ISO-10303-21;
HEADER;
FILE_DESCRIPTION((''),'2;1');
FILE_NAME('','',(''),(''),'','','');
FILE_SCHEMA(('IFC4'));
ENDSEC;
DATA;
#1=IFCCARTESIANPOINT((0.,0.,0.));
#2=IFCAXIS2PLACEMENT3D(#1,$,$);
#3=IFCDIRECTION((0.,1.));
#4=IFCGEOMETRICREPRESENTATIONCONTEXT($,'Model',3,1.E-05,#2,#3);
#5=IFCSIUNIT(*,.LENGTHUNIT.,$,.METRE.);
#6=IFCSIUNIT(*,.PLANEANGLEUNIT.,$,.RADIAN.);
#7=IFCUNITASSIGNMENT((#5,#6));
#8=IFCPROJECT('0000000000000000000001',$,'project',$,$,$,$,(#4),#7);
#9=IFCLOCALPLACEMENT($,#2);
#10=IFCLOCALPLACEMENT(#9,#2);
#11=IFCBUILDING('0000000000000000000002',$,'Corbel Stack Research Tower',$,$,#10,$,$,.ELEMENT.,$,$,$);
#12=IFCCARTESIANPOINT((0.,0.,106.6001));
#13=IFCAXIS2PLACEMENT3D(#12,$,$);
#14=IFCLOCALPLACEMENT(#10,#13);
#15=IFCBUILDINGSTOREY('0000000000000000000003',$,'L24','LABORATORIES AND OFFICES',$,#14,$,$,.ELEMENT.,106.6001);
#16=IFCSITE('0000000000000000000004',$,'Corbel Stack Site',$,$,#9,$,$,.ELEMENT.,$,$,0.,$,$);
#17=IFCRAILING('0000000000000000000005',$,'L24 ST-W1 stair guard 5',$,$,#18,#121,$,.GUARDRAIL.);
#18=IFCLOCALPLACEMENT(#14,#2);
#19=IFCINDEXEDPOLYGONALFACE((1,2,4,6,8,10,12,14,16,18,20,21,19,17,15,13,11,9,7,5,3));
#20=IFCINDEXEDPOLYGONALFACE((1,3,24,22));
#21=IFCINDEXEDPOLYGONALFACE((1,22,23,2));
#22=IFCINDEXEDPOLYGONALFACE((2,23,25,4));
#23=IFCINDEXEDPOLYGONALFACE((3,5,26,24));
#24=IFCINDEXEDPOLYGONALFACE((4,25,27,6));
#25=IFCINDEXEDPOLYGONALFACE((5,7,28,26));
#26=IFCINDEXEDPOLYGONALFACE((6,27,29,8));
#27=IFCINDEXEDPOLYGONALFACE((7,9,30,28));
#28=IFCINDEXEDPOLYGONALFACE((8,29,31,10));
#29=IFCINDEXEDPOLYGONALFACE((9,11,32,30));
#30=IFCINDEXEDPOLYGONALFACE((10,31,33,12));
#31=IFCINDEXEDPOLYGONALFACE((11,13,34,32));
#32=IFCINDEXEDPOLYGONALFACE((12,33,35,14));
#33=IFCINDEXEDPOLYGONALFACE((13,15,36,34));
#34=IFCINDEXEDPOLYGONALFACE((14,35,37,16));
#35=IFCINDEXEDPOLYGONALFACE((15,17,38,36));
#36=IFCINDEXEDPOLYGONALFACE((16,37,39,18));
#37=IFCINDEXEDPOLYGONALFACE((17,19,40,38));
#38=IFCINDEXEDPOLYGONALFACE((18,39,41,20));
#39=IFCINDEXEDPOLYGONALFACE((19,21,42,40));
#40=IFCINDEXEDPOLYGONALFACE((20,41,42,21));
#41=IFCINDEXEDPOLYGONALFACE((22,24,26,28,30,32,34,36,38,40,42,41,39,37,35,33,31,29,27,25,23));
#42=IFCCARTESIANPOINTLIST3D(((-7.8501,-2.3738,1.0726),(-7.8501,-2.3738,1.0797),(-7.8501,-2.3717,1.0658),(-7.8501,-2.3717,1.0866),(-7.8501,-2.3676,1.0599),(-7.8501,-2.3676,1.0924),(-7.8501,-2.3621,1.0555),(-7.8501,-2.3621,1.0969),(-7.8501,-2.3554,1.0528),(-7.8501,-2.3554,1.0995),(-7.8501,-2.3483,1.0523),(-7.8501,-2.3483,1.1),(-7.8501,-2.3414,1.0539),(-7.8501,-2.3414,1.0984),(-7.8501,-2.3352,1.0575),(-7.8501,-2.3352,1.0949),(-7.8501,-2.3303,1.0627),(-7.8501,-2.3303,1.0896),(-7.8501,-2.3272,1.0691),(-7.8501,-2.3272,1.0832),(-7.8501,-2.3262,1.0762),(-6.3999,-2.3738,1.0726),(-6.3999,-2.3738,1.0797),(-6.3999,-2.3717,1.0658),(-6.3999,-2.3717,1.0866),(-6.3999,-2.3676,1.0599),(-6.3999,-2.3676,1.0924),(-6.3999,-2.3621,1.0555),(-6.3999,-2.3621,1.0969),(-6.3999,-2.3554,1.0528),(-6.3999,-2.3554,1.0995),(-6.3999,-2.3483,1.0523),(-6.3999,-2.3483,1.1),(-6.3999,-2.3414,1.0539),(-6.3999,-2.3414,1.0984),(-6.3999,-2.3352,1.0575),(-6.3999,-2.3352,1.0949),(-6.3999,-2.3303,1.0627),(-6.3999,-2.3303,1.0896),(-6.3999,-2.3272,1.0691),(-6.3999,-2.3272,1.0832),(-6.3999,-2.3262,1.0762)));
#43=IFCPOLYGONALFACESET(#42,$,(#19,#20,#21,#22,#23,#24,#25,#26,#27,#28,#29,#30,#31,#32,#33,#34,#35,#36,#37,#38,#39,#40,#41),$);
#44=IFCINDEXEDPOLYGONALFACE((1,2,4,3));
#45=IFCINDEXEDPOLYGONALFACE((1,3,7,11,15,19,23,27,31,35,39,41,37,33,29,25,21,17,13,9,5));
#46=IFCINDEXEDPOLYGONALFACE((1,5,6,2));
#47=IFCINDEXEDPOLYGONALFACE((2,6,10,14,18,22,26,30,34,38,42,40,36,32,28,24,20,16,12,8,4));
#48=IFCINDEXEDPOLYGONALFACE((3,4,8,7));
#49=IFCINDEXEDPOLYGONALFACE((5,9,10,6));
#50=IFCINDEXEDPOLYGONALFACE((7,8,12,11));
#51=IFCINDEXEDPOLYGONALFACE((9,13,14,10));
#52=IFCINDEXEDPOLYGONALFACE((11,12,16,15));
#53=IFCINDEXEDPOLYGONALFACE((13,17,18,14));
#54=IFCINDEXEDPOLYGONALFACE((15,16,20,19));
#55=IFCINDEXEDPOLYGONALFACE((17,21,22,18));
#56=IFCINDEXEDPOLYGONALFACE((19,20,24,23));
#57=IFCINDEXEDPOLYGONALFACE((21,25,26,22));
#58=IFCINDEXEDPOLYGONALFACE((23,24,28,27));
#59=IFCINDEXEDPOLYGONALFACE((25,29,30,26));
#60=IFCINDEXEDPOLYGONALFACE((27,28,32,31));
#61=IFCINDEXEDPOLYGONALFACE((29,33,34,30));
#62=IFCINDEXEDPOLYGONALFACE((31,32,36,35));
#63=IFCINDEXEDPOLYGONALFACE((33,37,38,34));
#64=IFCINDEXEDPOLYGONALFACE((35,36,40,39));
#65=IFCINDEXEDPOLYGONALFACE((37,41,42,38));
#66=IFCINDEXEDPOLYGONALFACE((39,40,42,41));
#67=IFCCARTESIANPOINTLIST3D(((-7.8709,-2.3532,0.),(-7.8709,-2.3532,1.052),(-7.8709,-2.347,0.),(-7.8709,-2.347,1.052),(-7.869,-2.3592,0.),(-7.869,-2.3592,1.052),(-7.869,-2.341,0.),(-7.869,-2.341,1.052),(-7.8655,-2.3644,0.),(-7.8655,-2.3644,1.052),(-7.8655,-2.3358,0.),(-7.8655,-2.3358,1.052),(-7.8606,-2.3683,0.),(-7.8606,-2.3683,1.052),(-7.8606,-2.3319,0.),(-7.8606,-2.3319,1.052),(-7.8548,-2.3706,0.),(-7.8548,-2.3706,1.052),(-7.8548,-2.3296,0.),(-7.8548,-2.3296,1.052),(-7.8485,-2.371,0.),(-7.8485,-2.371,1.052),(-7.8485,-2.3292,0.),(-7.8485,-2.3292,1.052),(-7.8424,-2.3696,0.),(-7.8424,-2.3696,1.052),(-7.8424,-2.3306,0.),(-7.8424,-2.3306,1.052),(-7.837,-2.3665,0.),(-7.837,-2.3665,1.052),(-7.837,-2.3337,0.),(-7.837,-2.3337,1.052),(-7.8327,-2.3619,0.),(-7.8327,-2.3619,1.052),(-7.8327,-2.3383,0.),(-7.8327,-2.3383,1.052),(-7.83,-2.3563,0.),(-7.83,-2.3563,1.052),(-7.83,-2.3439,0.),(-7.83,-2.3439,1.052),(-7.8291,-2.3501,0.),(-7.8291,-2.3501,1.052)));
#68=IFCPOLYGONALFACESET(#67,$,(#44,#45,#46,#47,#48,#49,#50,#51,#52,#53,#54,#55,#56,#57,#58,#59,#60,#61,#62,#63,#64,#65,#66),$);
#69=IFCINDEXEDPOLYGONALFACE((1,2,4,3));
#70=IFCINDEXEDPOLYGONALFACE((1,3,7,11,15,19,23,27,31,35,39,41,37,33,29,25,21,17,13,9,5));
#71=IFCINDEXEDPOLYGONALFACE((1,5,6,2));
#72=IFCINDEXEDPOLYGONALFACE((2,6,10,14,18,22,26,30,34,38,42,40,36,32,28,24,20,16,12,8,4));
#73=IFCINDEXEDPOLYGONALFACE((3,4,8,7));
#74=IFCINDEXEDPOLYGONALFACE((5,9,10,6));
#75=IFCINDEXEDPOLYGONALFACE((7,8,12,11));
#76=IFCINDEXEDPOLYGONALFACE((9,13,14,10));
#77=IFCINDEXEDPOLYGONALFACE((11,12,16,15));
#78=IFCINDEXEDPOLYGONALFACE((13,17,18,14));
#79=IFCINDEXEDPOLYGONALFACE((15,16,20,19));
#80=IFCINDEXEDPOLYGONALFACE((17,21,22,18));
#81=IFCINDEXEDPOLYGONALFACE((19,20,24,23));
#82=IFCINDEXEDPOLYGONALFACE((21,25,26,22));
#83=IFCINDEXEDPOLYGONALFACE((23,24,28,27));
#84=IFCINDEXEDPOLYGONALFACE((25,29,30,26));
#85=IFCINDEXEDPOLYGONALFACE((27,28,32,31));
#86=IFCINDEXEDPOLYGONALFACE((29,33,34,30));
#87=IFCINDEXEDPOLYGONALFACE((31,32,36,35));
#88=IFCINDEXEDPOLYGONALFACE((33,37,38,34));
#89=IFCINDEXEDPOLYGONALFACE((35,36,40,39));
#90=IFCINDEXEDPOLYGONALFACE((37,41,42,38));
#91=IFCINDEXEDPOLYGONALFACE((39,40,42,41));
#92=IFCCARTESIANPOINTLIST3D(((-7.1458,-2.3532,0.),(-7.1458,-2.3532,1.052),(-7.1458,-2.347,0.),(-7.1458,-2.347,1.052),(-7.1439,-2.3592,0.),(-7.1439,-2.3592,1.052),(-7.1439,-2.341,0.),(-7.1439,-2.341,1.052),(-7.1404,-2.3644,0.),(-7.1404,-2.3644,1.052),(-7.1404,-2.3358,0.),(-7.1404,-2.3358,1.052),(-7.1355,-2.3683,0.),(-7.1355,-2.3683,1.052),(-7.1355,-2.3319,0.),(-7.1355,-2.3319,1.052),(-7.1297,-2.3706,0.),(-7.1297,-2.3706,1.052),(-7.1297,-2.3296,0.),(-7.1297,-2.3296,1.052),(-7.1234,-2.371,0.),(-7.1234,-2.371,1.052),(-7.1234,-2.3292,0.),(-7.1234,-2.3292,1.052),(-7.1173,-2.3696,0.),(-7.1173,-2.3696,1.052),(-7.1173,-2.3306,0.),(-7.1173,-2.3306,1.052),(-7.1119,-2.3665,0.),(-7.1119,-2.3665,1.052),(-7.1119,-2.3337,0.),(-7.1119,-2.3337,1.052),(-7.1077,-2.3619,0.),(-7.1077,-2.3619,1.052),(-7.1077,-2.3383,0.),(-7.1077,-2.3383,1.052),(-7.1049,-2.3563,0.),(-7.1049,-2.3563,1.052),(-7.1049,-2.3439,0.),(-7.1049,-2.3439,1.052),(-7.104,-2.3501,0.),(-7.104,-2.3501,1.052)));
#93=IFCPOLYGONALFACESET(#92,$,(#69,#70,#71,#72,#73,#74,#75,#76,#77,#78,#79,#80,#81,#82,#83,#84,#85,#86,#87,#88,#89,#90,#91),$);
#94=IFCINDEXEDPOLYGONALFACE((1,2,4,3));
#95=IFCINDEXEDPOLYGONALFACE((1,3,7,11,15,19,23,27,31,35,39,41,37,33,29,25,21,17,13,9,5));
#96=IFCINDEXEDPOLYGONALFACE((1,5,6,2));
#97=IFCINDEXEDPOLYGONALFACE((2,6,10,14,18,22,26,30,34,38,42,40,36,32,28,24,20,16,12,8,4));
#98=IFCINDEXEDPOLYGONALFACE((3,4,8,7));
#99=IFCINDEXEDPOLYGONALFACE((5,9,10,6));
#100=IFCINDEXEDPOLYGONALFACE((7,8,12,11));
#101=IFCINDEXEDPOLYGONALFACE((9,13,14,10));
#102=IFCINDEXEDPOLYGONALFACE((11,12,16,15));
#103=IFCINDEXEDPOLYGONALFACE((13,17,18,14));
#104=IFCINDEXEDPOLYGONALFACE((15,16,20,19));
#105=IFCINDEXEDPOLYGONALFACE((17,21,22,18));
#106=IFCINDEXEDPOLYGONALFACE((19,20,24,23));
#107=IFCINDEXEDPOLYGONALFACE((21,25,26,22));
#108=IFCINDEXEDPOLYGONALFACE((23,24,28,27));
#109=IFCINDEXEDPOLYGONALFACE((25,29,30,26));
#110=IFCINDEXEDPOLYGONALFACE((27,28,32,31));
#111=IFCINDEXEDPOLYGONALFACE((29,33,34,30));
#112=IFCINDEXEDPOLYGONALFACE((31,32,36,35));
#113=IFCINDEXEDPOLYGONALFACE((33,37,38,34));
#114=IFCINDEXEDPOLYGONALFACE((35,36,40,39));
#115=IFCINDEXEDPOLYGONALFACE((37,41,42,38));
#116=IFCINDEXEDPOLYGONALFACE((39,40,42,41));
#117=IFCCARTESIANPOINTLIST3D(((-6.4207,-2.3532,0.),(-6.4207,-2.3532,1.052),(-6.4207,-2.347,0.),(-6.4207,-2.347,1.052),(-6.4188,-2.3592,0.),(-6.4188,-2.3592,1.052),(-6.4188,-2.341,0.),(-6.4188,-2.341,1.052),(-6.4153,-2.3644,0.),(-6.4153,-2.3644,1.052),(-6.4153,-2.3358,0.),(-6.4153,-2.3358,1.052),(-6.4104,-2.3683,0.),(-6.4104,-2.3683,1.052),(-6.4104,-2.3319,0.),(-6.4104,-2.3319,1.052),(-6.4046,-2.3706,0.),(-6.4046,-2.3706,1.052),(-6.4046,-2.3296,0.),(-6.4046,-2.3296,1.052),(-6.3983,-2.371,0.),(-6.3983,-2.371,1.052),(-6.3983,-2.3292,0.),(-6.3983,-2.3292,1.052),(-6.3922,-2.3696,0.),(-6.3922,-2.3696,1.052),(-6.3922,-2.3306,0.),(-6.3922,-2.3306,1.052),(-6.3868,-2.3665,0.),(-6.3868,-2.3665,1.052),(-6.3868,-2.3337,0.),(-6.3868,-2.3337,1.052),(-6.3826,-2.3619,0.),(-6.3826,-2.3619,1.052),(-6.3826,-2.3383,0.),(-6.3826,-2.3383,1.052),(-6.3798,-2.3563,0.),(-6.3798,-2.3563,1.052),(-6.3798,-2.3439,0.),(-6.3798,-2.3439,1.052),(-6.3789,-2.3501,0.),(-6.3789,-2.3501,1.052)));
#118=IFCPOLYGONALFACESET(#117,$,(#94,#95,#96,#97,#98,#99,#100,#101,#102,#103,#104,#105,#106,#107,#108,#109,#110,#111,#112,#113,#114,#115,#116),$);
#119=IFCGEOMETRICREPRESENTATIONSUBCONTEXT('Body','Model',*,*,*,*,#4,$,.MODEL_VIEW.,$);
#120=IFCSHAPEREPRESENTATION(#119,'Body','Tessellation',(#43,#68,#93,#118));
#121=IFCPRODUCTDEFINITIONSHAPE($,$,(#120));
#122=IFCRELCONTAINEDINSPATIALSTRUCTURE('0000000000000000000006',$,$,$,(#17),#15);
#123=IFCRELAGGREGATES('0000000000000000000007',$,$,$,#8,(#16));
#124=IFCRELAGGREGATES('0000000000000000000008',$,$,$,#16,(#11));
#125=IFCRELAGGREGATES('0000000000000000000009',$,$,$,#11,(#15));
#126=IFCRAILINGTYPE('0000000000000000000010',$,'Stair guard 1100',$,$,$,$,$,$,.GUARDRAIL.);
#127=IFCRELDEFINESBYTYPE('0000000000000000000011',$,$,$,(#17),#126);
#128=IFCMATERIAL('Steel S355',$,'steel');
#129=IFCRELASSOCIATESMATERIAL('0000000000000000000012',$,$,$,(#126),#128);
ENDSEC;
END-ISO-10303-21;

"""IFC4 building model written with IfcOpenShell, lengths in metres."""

from ifc_helpers import new_model, si_unit, direction, frame, origin, origin_2d, place, context, subcontext, project, spatial, circle, extrude, material, type_object, element, save


model = new_model("IFC4")

# Units and contexts
model_context = context("Model", 3, precision=1e-05, world=origin(), true_north=direction((0.0, 1.0)))
body_context = subcontext(model_context, "Body", "Model", "MODEL_VIEW")
ifc_project = project(units=[si_unit("LENGTHUNIT", "METRE"), si_unit("PLANEANGLEUNIT", "RADIAN")], contexts=[model_context])

# Site, building, storey
site_placement = place(None, origin())
site = spatial("IfcSite", under=ifc_project, at=site_placement, Name="Corbel Stack Site", CompositionType="ELEMENT", RefElevation=0.0)
building_placement = place(site_placement, origin())
building = spatial("IfcBuilding", under=site, at=building_placement, Name="Corbel Stack Research Tower", CompositionType="ELEMENT")
storey_placement = place(building_placement, frame((0.0, 0.0, 106.6001)))
storey = spatial("IfcBuildingStorey", under=building, at=storey_placement, Name="L24", Description="LABORATORIES AND OFFICES", CompositionType="ELEMENT", Elevation=106.6001)

# Railing
ifc_material_1 = material(Name="Steel S355", Category="steel")
railing_type = type_object("IfcRailingType", Name="Stair guard 1100", PredefinedType="GUARDRAIL", material=ifc_material_1)
railing_placement = place(storey_placement, frame((-7.8501, -2.3501, 0.0)))
element("IfcRailing", 1, at=railing_placement, inside=storey, type_object=railing_type, Name="L24 ST-W1 stair guard 5", PredefinedType="GUARDRAIL", context=body_context, shape_type="SweptSolid", body=[
    extrude(circle(Radius=0.0239, at=origin_2d()), frame((0.0, 0.0, 1.0762), z_axis=(1.0, 0.0, 0.0), x_axis=(0.0, 1.0, 0.0)), (0.0, 0.0, 1.0), 1.4502),
    extrude(circle(Radius=0.021, at=origin_2d()), origin(), (0.0, 0.0, 1.0), 1.052),
    extrude(circle(Radius=0.021, at=origin_2d()), frame((0.7251, 0.0, 0.0)), (0.0, 0.0, 1.0), 1.052),
    extrude(circle(Radius=0.021, at=origin_2d()), frame((1.4502, 0.0, 0.0)), (0.0, 0.0, 1.0), 1.052),
])

save(model, "model.ifc")
